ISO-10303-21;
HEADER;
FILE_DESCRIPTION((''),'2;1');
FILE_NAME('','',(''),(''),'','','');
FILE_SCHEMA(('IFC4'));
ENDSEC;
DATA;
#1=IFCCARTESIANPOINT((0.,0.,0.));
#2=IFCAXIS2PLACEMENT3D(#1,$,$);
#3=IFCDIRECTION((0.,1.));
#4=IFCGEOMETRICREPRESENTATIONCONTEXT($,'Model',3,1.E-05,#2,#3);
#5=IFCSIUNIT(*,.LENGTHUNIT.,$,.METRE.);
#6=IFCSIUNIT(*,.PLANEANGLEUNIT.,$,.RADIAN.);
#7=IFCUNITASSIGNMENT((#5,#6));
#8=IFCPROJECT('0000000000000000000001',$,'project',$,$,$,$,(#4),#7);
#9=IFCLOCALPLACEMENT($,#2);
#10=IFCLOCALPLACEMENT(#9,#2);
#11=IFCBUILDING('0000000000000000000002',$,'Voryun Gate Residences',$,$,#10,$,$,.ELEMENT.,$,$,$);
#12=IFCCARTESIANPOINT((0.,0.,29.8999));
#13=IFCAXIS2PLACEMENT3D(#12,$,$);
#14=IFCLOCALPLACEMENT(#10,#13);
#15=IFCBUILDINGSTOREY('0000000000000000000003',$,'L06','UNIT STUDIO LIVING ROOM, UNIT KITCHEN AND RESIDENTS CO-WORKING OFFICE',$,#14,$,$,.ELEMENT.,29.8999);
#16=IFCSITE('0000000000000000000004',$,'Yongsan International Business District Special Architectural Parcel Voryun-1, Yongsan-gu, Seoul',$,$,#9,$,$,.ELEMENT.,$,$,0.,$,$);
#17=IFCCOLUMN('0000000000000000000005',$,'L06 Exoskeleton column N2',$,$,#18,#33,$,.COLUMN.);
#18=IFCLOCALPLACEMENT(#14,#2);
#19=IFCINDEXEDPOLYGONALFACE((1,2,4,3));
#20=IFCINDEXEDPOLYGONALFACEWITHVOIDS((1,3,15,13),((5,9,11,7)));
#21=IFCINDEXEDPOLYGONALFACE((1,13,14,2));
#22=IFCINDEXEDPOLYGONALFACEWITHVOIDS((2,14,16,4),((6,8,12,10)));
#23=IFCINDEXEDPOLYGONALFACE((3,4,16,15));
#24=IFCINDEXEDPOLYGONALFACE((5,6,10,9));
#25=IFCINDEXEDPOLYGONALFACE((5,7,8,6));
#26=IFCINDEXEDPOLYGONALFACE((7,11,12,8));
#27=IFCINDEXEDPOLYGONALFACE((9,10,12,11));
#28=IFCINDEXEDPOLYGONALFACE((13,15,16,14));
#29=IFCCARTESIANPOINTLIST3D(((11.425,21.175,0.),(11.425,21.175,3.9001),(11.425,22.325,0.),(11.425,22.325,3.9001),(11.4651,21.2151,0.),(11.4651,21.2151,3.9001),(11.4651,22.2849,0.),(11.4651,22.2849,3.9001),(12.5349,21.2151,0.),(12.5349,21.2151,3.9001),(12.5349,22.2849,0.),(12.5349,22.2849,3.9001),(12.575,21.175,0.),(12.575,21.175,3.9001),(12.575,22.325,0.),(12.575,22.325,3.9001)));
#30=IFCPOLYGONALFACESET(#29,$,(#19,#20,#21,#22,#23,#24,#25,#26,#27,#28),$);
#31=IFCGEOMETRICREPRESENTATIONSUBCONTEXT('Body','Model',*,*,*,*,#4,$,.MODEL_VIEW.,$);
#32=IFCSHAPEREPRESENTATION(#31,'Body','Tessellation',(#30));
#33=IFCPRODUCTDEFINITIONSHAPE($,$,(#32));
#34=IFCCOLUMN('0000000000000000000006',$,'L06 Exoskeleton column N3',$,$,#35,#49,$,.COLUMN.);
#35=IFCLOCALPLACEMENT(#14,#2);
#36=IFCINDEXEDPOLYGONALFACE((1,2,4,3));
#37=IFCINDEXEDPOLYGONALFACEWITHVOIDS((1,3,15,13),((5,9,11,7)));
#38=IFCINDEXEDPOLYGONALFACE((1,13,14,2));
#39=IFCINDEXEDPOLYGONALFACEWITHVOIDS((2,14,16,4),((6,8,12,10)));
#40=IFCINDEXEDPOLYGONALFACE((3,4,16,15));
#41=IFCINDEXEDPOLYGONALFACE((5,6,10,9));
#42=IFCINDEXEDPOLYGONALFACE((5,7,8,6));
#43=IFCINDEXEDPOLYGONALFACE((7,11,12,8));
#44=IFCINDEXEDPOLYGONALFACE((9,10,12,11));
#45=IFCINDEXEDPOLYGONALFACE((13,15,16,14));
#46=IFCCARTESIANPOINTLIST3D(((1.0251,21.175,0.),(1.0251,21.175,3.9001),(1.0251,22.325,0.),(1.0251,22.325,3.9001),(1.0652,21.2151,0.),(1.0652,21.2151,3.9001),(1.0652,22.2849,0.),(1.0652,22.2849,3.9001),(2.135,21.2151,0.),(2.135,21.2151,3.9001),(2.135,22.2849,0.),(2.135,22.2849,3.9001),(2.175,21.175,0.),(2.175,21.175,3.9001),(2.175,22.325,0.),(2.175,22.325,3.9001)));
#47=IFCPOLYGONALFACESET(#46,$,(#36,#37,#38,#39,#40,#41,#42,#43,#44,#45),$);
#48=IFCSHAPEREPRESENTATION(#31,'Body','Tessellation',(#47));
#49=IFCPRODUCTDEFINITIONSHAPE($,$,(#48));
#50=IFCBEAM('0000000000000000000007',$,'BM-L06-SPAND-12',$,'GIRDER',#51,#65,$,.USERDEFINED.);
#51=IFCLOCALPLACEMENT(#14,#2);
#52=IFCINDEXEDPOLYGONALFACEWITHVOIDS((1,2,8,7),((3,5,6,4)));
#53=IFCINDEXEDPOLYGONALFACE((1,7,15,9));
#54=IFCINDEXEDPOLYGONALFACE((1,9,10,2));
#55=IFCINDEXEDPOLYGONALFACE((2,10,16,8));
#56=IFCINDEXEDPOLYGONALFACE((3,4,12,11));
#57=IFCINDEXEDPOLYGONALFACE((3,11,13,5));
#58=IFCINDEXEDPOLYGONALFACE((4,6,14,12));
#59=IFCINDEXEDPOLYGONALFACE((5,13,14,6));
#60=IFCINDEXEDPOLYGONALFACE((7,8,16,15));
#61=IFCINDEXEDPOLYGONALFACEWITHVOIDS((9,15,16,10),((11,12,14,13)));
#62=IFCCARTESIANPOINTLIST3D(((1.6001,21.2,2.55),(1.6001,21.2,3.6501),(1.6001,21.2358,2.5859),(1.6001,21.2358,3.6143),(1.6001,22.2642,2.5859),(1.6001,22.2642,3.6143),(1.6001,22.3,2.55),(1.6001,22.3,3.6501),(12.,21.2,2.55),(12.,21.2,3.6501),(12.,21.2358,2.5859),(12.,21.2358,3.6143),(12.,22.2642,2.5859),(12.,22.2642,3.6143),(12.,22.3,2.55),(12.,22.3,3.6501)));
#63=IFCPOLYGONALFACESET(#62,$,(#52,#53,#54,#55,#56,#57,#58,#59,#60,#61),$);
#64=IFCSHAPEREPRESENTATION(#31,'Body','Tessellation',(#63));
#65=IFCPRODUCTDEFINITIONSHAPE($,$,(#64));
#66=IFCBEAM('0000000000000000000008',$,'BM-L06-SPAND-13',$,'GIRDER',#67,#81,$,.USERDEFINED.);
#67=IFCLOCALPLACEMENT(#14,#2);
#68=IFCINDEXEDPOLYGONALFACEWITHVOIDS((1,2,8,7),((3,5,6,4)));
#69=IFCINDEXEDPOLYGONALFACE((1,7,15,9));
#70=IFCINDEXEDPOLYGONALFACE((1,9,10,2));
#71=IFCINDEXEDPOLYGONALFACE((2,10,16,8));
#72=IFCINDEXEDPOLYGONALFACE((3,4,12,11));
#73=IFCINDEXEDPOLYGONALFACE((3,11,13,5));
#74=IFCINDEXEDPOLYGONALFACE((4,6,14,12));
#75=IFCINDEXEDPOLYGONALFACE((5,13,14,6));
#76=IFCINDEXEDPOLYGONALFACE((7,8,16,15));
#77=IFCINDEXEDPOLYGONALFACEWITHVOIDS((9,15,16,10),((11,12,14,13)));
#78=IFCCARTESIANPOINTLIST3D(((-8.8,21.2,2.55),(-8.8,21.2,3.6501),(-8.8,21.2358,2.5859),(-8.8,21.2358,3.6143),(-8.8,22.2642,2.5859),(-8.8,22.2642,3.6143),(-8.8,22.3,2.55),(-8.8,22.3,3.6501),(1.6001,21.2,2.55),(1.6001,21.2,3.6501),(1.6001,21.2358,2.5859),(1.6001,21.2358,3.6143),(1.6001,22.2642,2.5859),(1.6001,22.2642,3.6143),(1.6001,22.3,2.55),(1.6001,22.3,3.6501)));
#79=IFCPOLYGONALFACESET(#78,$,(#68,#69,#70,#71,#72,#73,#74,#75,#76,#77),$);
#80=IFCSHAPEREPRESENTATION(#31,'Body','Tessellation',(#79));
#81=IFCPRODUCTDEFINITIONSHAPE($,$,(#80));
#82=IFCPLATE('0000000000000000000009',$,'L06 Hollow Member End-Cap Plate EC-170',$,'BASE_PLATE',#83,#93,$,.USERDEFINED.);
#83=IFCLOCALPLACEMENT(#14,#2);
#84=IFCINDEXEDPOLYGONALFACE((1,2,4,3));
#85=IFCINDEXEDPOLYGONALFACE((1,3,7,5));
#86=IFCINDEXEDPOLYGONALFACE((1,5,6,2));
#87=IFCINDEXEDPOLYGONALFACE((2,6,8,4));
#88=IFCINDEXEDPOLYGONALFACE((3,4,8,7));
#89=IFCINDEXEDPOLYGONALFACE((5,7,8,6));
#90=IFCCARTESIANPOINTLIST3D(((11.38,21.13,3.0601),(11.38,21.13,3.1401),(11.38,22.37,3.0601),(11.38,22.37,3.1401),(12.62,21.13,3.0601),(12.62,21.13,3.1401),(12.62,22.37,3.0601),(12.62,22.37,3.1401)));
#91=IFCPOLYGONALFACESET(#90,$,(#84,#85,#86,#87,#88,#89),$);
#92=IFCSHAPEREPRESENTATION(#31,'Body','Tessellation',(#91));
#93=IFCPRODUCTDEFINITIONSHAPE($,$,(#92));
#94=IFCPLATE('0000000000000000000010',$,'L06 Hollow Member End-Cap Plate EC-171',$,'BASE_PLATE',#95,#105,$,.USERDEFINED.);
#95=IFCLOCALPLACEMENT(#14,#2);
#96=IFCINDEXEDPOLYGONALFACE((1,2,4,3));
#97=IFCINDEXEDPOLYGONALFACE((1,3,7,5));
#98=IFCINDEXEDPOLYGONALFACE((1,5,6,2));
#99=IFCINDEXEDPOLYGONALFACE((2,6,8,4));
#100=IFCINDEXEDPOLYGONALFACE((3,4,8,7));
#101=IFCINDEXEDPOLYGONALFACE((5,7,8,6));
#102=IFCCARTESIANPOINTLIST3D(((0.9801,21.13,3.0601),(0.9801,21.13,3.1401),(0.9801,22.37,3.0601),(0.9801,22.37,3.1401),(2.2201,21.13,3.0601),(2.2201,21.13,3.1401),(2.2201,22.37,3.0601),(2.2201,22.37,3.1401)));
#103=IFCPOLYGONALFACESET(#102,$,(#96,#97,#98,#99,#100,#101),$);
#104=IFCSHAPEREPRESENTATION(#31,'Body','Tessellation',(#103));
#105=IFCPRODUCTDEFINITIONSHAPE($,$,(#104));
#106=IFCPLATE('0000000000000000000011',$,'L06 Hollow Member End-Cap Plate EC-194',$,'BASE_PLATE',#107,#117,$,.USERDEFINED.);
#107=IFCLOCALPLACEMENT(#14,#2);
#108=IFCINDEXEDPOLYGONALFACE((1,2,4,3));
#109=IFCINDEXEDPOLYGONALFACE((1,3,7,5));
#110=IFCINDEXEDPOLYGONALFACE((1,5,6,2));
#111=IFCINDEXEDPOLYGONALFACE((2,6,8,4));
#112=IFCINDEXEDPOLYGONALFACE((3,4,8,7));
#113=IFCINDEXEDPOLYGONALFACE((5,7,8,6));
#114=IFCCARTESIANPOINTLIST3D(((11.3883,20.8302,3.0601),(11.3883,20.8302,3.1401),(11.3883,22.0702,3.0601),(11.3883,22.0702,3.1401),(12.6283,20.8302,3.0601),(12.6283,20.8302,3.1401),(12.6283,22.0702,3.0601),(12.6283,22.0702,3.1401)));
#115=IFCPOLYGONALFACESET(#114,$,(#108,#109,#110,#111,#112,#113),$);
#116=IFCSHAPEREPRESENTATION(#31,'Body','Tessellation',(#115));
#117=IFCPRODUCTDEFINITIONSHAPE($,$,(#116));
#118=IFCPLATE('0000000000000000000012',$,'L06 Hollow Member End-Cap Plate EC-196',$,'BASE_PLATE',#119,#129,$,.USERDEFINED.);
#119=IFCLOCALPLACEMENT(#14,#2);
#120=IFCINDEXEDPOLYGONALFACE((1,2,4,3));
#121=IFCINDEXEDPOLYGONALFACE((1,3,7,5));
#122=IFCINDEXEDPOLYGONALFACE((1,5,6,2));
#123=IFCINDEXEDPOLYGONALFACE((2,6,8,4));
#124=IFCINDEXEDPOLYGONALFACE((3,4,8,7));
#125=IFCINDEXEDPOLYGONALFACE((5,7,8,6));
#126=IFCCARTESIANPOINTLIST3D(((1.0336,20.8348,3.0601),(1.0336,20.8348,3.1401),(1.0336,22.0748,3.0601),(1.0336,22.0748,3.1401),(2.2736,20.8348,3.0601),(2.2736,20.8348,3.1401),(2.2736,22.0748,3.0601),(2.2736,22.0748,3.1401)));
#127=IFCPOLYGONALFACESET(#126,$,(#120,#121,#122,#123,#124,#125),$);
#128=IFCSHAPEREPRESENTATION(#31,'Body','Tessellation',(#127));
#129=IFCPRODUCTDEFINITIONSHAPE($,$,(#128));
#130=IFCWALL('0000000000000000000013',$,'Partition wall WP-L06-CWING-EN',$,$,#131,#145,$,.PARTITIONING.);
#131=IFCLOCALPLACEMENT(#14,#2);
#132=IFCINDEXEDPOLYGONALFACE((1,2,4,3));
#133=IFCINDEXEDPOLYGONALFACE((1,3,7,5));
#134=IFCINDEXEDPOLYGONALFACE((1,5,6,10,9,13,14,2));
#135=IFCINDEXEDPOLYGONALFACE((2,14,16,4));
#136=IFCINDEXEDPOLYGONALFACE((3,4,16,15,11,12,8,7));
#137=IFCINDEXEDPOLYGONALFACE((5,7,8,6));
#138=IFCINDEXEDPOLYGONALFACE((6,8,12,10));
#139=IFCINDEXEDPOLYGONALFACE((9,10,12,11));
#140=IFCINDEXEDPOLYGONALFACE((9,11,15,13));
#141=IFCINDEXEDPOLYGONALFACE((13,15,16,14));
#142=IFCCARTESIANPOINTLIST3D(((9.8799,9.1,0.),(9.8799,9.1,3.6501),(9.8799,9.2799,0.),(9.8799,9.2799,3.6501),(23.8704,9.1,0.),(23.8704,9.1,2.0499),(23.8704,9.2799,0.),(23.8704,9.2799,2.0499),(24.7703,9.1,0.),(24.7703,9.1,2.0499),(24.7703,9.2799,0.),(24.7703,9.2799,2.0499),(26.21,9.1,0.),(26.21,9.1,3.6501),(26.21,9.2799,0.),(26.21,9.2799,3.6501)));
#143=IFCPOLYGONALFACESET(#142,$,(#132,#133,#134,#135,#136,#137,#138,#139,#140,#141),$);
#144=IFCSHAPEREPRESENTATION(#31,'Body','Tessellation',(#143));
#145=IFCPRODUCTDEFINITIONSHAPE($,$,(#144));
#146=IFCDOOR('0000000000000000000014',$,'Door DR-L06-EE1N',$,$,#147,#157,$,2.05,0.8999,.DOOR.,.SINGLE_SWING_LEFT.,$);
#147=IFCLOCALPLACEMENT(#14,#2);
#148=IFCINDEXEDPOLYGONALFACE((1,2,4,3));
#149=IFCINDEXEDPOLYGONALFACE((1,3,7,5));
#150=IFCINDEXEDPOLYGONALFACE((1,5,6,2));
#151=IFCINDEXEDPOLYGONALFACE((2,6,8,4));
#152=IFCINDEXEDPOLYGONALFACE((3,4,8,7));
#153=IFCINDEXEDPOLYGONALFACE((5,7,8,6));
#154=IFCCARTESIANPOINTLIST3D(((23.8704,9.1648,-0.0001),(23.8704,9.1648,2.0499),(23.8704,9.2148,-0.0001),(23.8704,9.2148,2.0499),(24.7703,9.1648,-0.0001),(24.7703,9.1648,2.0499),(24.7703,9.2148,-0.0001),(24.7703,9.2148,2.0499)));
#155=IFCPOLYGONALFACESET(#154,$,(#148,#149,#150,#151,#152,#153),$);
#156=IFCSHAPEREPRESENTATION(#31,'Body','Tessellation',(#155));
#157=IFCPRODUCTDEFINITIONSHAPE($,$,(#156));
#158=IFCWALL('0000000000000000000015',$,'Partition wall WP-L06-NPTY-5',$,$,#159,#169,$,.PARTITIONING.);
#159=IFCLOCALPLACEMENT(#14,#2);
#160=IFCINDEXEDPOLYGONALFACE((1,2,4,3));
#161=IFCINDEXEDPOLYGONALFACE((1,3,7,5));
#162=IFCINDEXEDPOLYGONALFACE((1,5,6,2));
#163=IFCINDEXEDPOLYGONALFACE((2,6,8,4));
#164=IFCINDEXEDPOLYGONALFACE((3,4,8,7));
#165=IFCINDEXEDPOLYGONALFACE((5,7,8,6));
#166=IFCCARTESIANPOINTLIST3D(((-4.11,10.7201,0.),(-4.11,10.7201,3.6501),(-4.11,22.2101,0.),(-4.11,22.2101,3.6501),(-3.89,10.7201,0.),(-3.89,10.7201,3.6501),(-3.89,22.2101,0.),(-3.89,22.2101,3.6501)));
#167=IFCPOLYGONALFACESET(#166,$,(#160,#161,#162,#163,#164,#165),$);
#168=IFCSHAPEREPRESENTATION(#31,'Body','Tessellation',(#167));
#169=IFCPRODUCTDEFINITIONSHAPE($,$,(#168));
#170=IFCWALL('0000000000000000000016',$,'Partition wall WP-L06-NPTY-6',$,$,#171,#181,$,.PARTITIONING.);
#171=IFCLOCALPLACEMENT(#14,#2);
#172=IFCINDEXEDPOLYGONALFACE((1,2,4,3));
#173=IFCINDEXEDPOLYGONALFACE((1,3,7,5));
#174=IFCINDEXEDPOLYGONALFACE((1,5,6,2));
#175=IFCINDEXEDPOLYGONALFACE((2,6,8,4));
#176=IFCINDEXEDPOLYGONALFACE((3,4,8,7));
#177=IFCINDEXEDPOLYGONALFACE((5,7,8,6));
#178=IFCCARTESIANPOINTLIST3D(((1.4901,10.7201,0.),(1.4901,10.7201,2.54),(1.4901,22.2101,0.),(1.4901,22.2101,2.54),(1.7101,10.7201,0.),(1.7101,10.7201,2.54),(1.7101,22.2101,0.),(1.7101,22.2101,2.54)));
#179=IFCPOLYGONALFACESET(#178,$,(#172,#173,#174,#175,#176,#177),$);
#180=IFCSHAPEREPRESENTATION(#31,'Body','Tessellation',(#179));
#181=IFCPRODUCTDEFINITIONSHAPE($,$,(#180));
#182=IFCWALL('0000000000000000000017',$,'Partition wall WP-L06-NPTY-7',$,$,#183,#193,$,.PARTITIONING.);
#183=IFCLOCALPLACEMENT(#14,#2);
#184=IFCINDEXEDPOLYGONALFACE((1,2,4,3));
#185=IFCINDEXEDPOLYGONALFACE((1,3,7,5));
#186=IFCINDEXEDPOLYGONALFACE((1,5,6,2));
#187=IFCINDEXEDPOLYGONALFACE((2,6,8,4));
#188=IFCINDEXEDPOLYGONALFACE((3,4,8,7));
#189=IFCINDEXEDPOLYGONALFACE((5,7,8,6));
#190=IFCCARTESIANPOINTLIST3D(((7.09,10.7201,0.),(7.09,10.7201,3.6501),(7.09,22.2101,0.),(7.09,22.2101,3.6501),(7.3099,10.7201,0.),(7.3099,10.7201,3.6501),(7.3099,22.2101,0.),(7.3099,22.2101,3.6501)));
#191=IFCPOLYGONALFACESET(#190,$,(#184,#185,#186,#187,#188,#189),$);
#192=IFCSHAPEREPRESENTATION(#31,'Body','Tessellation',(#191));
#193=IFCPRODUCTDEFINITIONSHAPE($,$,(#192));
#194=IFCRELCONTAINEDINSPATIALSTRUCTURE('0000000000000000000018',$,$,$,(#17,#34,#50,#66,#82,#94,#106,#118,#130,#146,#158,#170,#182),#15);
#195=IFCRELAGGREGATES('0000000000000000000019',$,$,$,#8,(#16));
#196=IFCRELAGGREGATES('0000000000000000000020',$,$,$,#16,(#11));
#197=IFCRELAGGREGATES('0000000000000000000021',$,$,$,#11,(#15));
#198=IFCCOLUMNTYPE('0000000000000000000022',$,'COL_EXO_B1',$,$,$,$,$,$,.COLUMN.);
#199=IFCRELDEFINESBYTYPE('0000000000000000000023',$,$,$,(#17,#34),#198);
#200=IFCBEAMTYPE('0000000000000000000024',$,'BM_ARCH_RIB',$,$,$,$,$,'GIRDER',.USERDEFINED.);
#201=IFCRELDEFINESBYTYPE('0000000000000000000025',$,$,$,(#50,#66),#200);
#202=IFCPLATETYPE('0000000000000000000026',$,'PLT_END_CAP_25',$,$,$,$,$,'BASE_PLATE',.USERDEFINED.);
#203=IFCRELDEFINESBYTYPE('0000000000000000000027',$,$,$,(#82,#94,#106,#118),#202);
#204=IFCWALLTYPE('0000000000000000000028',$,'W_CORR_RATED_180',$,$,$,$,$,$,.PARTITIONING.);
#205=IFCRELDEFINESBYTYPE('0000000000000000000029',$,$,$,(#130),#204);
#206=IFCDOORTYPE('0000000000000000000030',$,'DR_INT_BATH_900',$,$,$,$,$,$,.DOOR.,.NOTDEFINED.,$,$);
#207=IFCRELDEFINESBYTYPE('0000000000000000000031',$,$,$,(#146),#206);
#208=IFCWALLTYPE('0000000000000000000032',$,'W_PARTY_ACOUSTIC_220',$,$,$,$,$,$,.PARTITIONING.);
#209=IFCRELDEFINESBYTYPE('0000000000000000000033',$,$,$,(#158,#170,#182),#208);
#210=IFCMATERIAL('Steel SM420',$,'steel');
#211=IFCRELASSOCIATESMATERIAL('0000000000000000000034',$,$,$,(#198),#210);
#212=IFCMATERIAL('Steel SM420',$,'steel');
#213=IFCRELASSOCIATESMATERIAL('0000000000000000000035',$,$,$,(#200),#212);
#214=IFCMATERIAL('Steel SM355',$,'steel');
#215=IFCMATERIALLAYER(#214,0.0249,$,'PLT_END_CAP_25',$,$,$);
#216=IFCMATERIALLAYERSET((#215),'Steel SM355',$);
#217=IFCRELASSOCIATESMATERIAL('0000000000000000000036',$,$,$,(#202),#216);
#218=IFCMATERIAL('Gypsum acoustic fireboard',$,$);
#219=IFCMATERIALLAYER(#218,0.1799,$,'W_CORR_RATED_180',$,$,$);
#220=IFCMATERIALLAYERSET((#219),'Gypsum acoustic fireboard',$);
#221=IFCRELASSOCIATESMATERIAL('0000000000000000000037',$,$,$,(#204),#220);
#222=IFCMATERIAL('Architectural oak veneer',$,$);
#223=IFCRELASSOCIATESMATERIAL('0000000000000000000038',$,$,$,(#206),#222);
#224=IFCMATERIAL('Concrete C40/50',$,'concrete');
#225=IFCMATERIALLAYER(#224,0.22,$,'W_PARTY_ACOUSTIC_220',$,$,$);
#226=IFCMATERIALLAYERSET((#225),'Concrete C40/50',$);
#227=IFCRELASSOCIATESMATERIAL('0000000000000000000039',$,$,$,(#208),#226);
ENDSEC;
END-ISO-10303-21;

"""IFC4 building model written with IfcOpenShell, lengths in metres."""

from ifc_helpers import new_model, si_unit, direction, frame, frame_2d, origin, origin_2d, place, context, subcontext, project, spatial, rectangle, hollow_rectangle, extrude, material, layer, layer_set, material_profile, profile_set, type_object, element, fill, save


model = new_model("IFC4")

# Units and contexts
model_context = context("Model", 3, precision=1e-05, world=origin(), true_north=direction((0.0, 1.0)))
body_context = subcontext(model_context, "Body", "Model", "MODEL_VIEW")
ifc_project = project(units=[si_unit("LENGTHUNIT", "METRE"), si_unit("PLANEANGLEUNIT", "RADIAN")], contexts=[model_context])

# Site, building, storey
site_placement = place(None, origin())
site = spatial("IfcSite", under=ifc_project, at=site_placement, Name="Yongsan International Business District Special Architectural Parcel Voryun-1, Yongsan-gu, Seoul", CompositionType="ELEMENT", RefElevation=0.0)
building_placement = place(site_placement, origin())
building = spatial("IfcBuilding", under=site, at=building_placement, Name="Voryun Gate Residences", CompositionType="ELEMENT")
storey_placement = place(building_placement, frame((0.0, 0.0, 29.8999)))
storey = spatial("IfcBuildingStorey", under=building, at=storey_placement, Name="L06", Description="UNIT STUDIO LIVING ROOM, UNIT KITCHEN AND RESIDENTS CO-WORKING OFFICE", CompositionType="ELEMENT", Elevation=29.8999)

# Columns
ifc_material_1 = material(Name="Steel SM420", Category="steel")
ifc_material_profile_1 = material_profile(ifc_material_1, hollow_rectangle(XDim=1.1499, YDim=1.1499, WallThickness=0.04, at=origin_2d()), Name="BOX-1150x1150x40")
ifc_profile_set_1 = profile_set([ifc_material_profile_1], Name="Steel SM420")
column_type = type_object("IfcColumnType", Name="COL_EXO_B1", PredefinedType="COLUMN", material=ifc_profile_set_1)
for number, where, z_axis, x_axis, name in (
    (1, (12.0, 21.75, 0.0), (0.0, 0.0, 1.0), (1.0, 0.0, 0.0), "L06 Exoskeleton column N2"),
    (2, (1.6001, 21.75, 0.0), (0.0, 0.0, 1.0), (1.0, 0.0, 0.0), "L06 Exoskeleton column N3"),
):
    element("IfcColumn", number, at=place(storey_placement, frame(where, z_axis=z_axis, x_axis=x_axis)), inside=storey, type_object=column_type, Name=name, PredefinedType="COLUMN", context=body_context, shape_type="SweptSolid", body=[
        extrude(hollow_rectangle(XDim=1.1499, YDim=1.1499, WallThickness=0.04, at=origin_2d()), origin(), (0.0, 0.0, 1.0), 3.9001),
    ])

# Beams
ifc_material_2 = material(Name="Steel SM420", Category="steel")
ifc_material_profile_2 = material_profile(ifc_material_2, hollow_rectangle(XDim=1.1001, YDim=1.1001, WallThickness=0.0359, at=origin_2d()), Name="BOX-1100x1100x36")
ifc_profile_set_2 = profile_set([ifc_material_profile_2], Name="Steel SM420")
beam_type = type_object("IfcBeamType", Name="BM_ARCH_RIB", ElementType="GIRDER", PredefinedType="USERDEFINED", material=ifc_profile_set_2)
beam_1_placement = place(storey_placement, frame((12.0, 21.75, 3.1001), z_axis=(-1.0, 0.0, 0.0), x_axis=(0.0, -1.0, 0.0)))
element("IfcBeam", 3, at=beam_1_placement, inside=storey, type_object=beam_type, Name="BM-L06-SPAND-12", ObjectType="GIRDER", PredefinedType="USERDEFINED", context=body_context, shape_type="SweptSolid", body=[
    extrude(hollow_rectangle(XDim=1.1001, YDim=1.1001, WallThickness=0.0359, at=origin_2d()), origin(), (0.0, 0.0, 1.0), 10.3999),
])
beam_2_placement = place(storey_placement, frame((1.6001, 21.75, 3.1001), z_axis=(-1.0, 0.0, 0.0), x_axis=(0.0, -1.0, 0.0)))
element("IfcBeam", 4, at=beam_2_placement, inside=storey, type_object=beam_type, Name="BM-L06-SPAND-13", ObjectType="GIRDER", PredefinedType="USERDEFINED", context=body_context, shape_type="SweptSolid", body=[
    extrude(hollow_rectangle(XDim=1.1001, YDim=1.1001, WallThickness=0.0359, at=origin_2d()), origin(), (0.0, 0.0, 1.0), 10.4001),
])

# Plates
ifc_material_3 = material(Name="Steel SM355", Category="steel")
ifc_layer_1 = layer(ifc_material_3, 0.0249, Name="PLT_END_CAP_25")
ifc_layer_set_1 = layer_set([ifc_layer_1], Name="Steel SM355")
plate_type = type_object("IfcPlateType", Name="PLT_END_CAP_25", ElementType="BASE_PLATE", PredefinedType="USERDEFINED", material=ifc_layer_set_1)
for number, where, z_axis, x_axis, name in (
    (5, (12.0, 21.75, 3.0601), (0.0, 0.0, 1.0), (1.0, 0.0, 0.0), "L06 Hollow Member End-Cap Plate EC-170"),
    (6, (1.6001, 21.75, 3.0601), (0.0, 0.0, 1.0), (1.0, 0.0, 0.0), "L06 Hollow Member End-Cap Plate EC-171"),
    (7, (12.0083, 21.4502, 3.0601), (0.0, 0.0, 1.0), (1.0, 0.0, 0.0), "L06 Hollow Member End-Cap Plate EC-194"),
    (8, (1.6536, 21.4548, 3.0601), (0.0, 0.0, 1.0), (1.0, 0.0, 0.0), "L06 Hollow Member End-Cap Plate EC-196"),
):
    element("IfcPlate", number, at=place(storey_placement, frame(where, z_axis=z_axis, x_axis=x_axis)), inside=storey, type_object=plate_type, Name=name, ObjectType="BASE_PLATE", PredefinedType="USERDEFINED", context=body_context, shape_type="SweptSolid", body=[
        extrude(rectangle(XDim=1.24, YDim=1.24, at=origin_2d()), origin(), (0.0, 0.0, 1.0), 0.0801),
    ])

# Wall, opening, door
ifc_material_4 = material(Name="Gypsum acoustic fireboard")
ifc_layer_2 = layer(ifc_material_4, 0.1799, Name="W_CORR_RATED_180")
ifc_layer_set_2 = layer_set([ifc_layer_2], Name="Gypsum acoustic fireboard")
wall_type_1 = type_object("IfcWallType", Name="W_CORR_RATED_180", PredefinedType="PARTITIONING", material=ifc_layer_set_2)
wall_1_placement = place(storey_placement, frame((9.8799, 9.1899, 0.0), z_axis=(0.0, 0.0, 1.0), x_axis=(1.0, 0.0, 0.0)))
wall_1 = element("IfcWall", 9, at=wall_1_placement, inside=storey, type_object=wall_type_1, Name="Partition wall WP-L06-CWING-EN", PredefinedType="PARTITIONING", context=body_context, shape_type="SweptSolid", body=[
    extrude(rectangle(XDim=16.3301, YDim=0.1799, at=frame_2d((8.165, 0.0))), origin(), (0.0, 0.0, 1.0), 3.6501),
])
opening_1_placement = place(wall_1_placement, frame((13.9905, 0.0, 0.0)))
opening_1 = element("IfcOpeningElement", 10, at=opening_1_placement, cuts=wall_1, PredefinedType="OPENING", context=body_context, shape_type="SweptSolid", body=[
    extrude(rectangle(XDim=0.8999, YDim=2.05, at=frame_2d((0.45, 1.0249))), frame((0.0, 0.0999, 0.0), z_axis=(0.0, -1.0, 0.0), x_axis=(1.0, 0.0, 0.0)), (0.0, 0.0, 1.0), 0.2),
])
ifc_material_5 = material(Name="Architectural oak veneer")
door_type = type_object("IfcDoorType", Name="DR_INT_BATH_900", OperationType="NOTDEFINED", PredefinedType="DOOR", material=ifc_material_5)
door_1_placement = place(opening_1_placement, origin())
door_1 = element("IfcDoor", 11, at=door_1_placement, inside=storey, type_object=door_type, Name="Door DR-L06-EE1N", OperationType="SINGLE_SWING_LEFT", OverallHeight=2.05, OverallWidth=0.8999, PredefinedType="DOOR", context=body_context, shape_type="SweptSolid", body=[
    extrude(rectangle(XDim=0.8999, YDim=2.05, at=frame_2d((0.45, 1.0249))), frame((0.0, 0.0249, 0.0), z_axis=(0.0, -1.0, 0.0), x_axis=(1.0, 0.0, 0.0)), (0.0, 0.0, 1.0), 0.05),
])
fill(opening_1, door_1)

# Walls
ifc_material_6 = material(Name="Concrete C40/50", Category="concrete")
ifc_layer_3 = layer(ifc_material_6, 0.22, Name="W_PARTY_ACOUSTIC_220")
ifc_layer_set_3 = layer_set([ifc_layer_3], Name="Concrete C40/50")
wall_type_2 = type_object("IfcWallType", Name="W_PARTY_ACOUSTIC_220", PredefinedType="PARTITIONING", material=ifc_layer_set_3)
wall_2_placement = place(storey_placement, frame((-4.0, 10.72, 0.0), z_axis=(0.0, 0.0, 1.0), x_axis=(0.0, 1.0, 0.0)))
element("IfcWall", 12, at=wall_2_placement, inside=storey, type_object=wall_type_2, Name="Partition wall WP-L06-NPTY-5", PredefinedType="PARTITIONING", context=body_context, shape_type="SweptSolid", body=[
    extrude(rectangle(XDim=11.49, YDim=0.22, at=frame_2d((5.7451, 0.0))), origin(), (0.0, 0.0, 1.0), 3.6501),
])
wall_3_placement = place(storey_placement, frame((1.6001, 10.72, 0.0), z_axis=(0.0, 0.0, 1.0), x_axis=(0.0, 1.0, 0.0)))
element("IfcWall", 13, at=wall_3_placement, inside=storey, type_object=wall_type_2, Name="Partition wall WP-L06-NPTY-6", PredefinedType="PARTITIONING", context=body_context, shape_type="SweptSolid", body=[
    extrude(rectangle(XDim=11.49, YDim=0.22, at=frame_2d((5.7451, 0.0))), origin(), (0.0, 0.0, 1.0), 2.54),
])
wall_4_placement = place(storey_placement, frame((7.2, 10.72, 0.0), z_axis=(0.0, 0.0, 1.0), x_axis=(0.0, 1.0, 0.0)))
element("IfcWall", 14, at=wall_4_placement, inside=storey, type_object=wall_type_2, Name="Partition wall WP-L06-NPTY-7", PredefinedType="PARTITIONING", context=body_context, shape_type="SweptSolid", body=[
    extrude(rectangle(XDim=11.49, YDim=0.22, at=frame_2d((5.7451, 0.0))), origin(), (0.0, 0.0, 1.0), 3.6501),
])

save(model, "model.ifc")
